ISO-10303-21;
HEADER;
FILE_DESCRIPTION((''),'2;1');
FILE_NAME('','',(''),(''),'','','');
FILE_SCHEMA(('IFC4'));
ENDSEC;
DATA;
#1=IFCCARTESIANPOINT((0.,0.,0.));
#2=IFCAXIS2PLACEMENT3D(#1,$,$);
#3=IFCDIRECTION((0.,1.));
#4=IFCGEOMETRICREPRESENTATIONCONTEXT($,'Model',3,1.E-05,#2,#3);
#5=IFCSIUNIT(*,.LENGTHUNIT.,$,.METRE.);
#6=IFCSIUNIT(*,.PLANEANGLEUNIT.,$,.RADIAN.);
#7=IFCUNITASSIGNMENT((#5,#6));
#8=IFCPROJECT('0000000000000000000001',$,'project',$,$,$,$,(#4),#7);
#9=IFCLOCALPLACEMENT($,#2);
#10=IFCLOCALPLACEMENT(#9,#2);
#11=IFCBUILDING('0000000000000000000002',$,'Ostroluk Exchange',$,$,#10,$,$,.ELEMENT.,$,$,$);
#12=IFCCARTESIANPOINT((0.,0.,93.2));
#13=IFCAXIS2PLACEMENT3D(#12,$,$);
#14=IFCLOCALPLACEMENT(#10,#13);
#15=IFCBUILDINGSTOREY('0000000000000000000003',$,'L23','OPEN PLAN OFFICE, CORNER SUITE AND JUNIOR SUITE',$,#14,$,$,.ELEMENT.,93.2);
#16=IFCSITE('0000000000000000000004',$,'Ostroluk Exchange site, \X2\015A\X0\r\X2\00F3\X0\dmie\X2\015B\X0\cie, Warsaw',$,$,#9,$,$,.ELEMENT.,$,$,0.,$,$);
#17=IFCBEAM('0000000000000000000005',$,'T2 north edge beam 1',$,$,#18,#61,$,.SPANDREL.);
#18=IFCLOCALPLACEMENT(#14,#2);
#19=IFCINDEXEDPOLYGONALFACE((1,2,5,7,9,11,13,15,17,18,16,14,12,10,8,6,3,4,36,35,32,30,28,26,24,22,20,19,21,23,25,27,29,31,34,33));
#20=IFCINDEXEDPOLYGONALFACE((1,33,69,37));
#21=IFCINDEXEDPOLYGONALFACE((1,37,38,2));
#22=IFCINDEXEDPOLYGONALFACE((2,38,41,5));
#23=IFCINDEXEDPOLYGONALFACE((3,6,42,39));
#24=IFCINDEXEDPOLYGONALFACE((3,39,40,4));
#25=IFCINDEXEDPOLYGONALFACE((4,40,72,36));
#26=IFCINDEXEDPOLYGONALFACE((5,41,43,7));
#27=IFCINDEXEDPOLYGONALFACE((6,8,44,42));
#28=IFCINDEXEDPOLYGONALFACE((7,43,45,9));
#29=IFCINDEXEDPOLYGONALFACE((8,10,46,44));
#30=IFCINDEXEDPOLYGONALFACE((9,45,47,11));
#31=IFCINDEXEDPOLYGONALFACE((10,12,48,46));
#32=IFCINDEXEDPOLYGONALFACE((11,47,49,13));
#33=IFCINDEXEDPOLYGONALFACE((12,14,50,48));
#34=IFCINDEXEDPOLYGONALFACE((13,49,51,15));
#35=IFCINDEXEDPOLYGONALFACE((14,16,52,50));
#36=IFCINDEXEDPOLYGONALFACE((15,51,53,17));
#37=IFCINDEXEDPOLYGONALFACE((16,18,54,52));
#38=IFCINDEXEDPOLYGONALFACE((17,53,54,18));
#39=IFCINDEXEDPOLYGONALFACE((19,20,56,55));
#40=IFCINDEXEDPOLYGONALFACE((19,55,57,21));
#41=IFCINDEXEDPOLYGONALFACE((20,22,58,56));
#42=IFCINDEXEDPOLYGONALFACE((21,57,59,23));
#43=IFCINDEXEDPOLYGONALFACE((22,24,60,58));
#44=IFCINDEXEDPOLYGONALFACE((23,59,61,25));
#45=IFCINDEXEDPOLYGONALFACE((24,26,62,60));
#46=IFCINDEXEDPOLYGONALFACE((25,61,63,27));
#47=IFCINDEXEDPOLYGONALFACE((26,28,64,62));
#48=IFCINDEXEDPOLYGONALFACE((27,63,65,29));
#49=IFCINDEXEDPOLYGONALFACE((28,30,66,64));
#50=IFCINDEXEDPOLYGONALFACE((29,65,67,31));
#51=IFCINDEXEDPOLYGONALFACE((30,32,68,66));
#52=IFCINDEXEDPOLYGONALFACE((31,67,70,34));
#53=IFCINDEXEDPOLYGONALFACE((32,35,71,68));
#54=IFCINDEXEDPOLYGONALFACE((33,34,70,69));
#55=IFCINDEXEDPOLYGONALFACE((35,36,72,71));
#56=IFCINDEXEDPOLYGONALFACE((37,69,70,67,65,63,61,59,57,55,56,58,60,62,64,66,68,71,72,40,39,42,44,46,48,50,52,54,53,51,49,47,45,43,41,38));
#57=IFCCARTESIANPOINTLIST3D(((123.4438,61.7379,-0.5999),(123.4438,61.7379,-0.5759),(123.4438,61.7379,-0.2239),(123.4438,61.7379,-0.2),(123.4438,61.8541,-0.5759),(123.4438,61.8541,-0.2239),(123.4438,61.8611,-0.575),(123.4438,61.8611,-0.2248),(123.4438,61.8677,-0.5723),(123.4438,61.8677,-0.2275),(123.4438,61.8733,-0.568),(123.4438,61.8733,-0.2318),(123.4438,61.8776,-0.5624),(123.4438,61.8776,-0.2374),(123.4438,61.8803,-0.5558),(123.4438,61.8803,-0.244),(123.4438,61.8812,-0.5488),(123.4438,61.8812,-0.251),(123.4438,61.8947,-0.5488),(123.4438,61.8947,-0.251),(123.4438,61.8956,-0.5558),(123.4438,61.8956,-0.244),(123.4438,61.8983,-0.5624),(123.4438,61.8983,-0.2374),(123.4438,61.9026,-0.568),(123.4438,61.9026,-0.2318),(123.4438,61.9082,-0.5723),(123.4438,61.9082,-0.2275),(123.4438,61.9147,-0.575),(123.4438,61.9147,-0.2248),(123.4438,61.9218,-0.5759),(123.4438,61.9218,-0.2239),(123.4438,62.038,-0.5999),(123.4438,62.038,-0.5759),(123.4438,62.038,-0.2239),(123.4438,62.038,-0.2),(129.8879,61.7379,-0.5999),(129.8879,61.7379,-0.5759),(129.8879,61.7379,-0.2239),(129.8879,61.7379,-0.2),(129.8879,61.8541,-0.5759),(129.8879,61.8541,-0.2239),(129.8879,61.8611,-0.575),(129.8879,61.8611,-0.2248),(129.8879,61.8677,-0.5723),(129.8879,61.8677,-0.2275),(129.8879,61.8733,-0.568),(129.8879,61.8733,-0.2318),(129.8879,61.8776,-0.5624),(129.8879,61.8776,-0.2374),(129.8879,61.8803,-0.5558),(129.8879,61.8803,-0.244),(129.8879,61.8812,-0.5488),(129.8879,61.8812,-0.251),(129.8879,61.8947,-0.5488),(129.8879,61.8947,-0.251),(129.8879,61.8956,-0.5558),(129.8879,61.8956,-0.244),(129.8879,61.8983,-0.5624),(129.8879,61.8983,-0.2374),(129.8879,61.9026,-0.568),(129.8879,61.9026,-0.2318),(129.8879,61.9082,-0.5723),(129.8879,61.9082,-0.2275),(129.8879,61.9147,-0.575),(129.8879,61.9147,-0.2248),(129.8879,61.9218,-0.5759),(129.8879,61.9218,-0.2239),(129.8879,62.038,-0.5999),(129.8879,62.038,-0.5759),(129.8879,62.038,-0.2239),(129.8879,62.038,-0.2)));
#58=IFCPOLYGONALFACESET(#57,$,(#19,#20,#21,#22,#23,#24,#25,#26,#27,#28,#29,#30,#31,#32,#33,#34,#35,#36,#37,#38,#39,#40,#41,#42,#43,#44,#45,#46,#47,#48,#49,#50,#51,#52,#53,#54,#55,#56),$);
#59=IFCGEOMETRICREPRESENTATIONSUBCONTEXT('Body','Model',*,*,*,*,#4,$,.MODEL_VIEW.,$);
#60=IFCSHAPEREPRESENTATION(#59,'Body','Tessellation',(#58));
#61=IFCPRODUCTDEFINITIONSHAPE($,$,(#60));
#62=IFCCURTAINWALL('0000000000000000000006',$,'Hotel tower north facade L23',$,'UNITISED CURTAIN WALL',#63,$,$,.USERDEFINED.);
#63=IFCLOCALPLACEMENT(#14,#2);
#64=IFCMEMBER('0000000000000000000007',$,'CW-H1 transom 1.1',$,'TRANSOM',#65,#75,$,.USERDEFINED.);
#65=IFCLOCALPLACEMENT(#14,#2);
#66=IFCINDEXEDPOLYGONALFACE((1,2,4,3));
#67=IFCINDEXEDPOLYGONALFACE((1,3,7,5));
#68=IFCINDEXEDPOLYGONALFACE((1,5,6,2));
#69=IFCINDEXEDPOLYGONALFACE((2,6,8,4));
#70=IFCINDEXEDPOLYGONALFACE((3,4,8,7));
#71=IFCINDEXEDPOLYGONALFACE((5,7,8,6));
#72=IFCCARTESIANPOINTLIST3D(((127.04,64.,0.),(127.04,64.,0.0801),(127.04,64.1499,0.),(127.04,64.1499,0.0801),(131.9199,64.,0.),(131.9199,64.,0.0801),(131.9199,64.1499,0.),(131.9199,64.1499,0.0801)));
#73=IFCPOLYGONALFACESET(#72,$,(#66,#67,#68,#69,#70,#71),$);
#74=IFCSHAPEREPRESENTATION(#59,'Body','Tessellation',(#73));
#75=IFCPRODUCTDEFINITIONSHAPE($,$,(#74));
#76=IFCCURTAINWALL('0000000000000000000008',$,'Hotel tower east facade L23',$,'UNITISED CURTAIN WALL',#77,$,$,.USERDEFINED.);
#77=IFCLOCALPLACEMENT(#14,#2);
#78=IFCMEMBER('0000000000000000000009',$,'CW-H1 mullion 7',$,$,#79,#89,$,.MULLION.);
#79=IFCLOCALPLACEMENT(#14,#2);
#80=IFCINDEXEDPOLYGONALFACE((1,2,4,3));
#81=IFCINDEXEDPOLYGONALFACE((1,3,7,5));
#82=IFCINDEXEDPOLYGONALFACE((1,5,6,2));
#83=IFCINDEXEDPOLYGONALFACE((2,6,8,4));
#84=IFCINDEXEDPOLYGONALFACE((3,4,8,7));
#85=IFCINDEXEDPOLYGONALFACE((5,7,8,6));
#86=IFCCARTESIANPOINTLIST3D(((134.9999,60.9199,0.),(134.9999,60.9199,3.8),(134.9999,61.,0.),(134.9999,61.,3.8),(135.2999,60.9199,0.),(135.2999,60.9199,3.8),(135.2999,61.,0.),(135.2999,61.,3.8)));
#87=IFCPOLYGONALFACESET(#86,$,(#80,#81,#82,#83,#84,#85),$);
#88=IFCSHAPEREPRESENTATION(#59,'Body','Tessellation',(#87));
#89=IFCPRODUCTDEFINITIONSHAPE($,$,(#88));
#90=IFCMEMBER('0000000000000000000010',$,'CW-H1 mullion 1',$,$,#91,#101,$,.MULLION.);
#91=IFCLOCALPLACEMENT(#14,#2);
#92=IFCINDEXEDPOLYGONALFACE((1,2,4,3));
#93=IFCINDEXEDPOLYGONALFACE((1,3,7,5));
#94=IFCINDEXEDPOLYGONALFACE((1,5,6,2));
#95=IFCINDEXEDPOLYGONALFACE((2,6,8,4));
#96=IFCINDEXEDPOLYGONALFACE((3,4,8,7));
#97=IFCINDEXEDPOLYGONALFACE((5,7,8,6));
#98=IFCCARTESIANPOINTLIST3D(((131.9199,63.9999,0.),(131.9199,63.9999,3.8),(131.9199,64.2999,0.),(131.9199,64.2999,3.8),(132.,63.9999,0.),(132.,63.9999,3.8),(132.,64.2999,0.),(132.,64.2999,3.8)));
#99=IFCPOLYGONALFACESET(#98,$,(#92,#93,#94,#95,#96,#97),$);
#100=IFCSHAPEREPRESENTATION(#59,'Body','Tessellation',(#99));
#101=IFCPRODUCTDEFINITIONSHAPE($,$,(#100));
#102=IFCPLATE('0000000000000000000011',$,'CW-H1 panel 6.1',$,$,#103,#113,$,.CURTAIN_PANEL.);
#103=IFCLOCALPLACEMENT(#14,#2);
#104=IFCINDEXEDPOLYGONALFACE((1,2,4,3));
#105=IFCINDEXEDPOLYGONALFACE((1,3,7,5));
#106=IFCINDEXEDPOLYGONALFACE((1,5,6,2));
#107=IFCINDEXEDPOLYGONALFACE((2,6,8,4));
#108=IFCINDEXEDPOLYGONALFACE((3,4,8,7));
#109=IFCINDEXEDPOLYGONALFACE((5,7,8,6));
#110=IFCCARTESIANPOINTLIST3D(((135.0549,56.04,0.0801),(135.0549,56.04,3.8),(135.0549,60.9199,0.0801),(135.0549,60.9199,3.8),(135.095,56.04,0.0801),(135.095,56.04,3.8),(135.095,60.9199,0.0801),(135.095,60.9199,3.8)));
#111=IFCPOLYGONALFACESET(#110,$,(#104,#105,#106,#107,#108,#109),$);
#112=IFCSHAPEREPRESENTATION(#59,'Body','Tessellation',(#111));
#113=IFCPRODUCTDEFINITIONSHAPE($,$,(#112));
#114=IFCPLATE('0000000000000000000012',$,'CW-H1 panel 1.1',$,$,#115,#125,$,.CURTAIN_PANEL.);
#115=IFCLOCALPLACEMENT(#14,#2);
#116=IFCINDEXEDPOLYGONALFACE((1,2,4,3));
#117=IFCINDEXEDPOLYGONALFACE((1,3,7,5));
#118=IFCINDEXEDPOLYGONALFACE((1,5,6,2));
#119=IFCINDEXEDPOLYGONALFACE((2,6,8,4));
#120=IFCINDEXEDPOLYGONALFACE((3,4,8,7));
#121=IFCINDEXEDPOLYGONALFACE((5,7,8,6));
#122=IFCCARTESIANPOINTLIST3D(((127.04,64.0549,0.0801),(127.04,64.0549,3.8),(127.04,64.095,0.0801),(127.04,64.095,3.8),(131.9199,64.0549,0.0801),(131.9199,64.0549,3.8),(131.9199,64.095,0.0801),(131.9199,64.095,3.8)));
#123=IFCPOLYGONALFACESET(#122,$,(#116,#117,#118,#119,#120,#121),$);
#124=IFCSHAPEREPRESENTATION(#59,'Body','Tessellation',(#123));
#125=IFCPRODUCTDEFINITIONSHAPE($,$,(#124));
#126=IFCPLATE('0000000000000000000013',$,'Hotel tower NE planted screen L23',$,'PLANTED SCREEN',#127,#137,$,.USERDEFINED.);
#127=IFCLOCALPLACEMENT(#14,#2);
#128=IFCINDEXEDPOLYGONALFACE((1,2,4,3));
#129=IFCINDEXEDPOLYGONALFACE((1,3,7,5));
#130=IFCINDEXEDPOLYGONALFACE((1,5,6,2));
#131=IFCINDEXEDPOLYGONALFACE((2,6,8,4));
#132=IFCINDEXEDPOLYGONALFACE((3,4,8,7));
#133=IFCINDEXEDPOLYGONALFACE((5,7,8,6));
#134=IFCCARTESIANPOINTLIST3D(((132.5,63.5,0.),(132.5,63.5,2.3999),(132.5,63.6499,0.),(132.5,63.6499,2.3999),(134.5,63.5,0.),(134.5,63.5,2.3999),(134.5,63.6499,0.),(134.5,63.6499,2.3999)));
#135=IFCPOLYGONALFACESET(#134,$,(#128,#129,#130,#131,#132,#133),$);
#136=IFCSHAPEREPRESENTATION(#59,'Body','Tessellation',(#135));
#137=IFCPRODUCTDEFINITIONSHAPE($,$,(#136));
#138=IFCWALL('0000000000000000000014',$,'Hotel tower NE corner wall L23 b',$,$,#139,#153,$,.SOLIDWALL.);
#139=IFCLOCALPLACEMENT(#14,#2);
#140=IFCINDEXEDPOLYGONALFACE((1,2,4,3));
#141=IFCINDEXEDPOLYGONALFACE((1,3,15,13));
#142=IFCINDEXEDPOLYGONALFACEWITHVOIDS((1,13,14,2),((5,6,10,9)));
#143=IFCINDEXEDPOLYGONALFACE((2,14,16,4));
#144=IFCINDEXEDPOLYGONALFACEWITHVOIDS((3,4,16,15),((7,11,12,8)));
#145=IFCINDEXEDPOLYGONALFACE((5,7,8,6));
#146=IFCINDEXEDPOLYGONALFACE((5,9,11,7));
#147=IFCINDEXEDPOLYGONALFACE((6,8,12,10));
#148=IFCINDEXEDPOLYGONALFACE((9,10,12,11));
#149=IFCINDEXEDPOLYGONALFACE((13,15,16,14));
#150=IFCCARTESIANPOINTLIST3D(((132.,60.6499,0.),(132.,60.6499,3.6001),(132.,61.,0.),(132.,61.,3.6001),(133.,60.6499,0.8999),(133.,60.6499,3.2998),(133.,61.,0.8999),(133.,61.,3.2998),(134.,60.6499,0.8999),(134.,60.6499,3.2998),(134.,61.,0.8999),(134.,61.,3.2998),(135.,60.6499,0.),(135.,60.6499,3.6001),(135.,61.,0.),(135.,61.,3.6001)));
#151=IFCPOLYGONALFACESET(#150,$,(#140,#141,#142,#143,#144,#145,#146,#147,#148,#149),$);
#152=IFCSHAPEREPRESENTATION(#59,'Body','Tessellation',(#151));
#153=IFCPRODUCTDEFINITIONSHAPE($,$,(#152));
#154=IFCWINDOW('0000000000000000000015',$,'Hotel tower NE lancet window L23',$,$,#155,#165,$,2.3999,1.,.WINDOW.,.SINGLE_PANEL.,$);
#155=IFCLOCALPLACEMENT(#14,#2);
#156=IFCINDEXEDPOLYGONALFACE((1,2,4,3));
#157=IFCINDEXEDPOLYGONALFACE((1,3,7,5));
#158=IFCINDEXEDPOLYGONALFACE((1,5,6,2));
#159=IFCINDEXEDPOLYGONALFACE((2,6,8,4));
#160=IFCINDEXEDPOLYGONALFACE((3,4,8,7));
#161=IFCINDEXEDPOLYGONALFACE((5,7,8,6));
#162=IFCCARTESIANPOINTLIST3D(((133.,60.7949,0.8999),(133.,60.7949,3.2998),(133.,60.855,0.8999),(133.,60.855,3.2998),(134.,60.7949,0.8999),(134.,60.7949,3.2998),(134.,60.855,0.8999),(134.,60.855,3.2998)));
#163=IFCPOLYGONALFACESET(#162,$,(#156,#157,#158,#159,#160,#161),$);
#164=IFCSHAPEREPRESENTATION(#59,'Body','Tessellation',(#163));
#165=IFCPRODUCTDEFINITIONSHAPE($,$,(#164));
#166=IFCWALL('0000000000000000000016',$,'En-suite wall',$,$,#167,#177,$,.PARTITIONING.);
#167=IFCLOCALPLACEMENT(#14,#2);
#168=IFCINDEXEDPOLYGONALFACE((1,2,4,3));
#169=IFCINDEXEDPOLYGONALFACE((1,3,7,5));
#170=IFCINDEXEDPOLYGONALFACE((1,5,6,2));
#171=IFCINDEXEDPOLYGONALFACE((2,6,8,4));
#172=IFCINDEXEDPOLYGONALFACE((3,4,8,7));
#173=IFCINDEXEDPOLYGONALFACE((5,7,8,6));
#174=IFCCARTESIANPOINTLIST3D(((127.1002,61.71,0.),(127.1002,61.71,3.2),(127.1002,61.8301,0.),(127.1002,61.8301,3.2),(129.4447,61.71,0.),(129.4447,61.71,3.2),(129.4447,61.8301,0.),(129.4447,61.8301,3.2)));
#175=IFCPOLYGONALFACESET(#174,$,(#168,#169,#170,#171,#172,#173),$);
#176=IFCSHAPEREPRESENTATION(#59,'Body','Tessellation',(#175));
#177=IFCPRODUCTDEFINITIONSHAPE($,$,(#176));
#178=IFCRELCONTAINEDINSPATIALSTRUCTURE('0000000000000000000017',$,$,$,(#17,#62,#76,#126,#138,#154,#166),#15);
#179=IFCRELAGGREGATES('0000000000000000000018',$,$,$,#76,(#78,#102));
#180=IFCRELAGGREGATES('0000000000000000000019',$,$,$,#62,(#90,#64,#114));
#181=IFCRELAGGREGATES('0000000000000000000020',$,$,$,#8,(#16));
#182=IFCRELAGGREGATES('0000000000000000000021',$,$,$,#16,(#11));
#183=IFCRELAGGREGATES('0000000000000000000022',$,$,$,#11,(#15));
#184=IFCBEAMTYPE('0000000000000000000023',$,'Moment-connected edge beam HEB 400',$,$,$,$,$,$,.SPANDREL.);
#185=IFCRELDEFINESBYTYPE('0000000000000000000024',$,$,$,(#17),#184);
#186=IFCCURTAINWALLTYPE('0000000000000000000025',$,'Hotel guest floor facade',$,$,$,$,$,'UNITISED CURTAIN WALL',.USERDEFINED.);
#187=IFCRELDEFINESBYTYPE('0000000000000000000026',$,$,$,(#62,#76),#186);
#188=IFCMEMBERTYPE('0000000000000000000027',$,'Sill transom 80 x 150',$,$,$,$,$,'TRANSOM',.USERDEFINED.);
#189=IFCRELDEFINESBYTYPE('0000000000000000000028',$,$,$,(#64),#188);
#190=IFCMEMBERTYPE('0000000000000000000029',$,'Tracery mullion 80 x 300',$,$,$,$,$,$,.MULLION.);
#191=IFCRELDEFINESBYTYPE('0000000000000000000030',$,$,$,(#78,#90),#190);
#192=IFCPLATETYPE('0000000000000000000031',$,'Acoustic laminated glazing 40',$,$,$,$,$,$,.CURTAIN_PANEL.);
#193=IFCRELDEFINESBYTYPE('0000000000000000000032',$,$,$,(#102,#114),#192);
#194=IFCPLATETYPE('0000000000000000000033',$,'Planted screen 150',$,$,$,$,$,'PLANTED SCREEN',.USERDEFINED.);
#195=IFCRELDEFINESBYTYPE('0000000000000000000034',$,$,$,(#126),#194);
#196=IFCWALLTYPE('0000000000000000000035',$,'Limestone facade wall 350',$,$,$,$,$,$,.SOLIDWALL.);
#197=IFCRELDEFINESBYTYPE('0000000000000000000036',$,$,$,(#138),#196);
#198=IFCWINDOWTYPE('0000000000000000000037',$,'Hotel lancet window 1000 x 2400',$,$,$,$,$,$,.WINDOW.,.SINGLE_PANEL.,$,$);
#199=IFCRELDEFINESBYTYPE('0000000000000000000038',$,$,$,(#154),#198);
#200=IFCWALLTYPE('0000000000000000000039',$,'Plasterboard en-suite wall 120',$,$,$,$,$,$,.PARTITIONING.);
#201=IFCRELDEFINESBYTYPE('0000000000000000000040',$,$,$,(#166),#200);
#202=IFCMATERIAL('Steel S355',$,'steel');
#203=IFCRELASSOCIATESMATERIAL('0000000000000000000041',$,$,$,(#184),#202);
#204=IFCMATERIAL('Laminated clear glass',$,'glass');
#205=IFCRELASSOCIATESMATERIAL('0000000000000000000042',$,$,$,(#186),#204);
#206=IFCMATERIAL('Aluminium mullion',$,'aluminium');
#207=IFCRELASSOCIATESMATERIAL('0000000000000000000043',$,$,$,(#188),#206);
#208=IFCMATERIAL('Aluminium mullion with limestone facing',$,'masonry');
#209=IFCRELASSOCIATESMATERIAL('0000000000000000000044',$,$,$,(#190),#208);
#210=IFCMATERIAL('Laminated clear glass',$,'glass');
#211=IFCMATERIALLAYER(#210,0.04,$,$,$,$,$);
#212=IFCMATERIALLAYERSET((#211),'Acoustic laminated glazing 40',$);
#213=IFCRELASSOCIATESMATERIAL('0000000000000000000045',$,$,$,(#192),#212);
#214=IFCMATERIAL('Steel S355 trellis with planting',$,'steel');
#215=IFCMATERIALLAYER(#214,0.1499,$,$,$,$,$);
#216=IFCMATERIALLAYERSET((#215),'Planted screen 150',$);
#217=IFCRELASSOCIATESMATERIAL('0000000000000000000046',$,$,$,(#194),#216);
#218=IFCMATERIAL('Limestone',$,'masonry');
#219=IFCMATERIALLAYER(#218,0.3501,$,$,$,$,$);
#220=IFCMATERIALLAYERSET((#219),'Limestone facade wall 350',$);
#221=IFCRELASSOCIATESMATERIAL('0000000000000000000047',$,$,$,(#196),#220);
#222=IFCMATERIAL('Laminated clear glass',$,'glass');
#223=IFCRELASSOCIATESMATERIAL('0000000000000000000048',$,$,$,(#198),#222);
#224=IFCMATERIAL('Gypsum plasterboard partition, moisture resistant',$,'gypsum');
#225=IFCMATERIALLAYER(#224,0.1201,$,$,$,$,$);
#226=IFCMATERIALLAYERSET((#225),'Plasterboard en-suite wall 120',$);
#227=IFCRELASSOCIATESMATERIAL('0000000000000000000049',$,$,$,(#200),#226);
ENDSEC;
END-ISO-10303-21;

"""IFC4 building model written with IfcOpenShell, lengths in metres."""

from ifc_helpers import new_model, si_unit, direction, frame, frame_2d, origin, origin_2d, place, context, subcontext, project, spatial, rectangle, i_section, extrude, material, layer, layer_set, material_profile, profile_set, type_object, element, fill, aggregate, save


model = new_model("IFC4")

# Units and contexts
model_context = context("Model", 3, precision=1e-05, world=origin(), true_north=direction((0.0, 1.0)))
body_context = subcontext(model_context, "Body", "Model", "MODEL_VIEW")
ifc_project = project(units=[si_unit("LENGTHUNIT", "METRE"), si_unit("PLANEANGLEUNIT", "RADIAN")], contexts=[model_context])

# Site, building, storey
site_placement = place(None, origin())
site = spatial("IfcSite", under=ifc_project, at=site_placement, Name="Ostroluk Exchange site, Śródmieście, Warsaw", CompositionType="ELEMENT", RefElevation=0.0)
building_placement = place(site_placement, origin())
building = spatial("IfcBuilding", under=site, at=building_placement, Name="Ostroluk Exchange", CompositionType="ELEMENT")
storey_placement = place(building_placement, frame((0.0, 0.0, 93.2)))
storey = spatial("IfcBuildingStorey", under=building, at=storey_placement, Name="L23", Description="OPEN PLAN OFFICE, CORNER SUITE AND JUNIOR SUITE", CompositionType="ELEMENT", Elevation=93.2)

# Beam
ifc_material_1 = material(Name="Steel S355", Category="steel")
ifc_material_profile_1 = material_profile(ifc_material_1, i_section(OverallWidth=0.3, OverallDepth=0.3999, WebThickness=0.0134, FlangeThickness=0.0239, FilletRadius=0.0271, at=origin_2d()), Name="HEB 400")
ifc_profile_set_1 = profile_set([ifc_material_profile_1], Name="Steel S355")
beam_type_1 = type_object("IfcBeamType", Name="Moment-connected edge beam HEB 400", PredefinedType="SPANDREL", material=ifc_profile_set_1)
beam_1_placement = place(storey_placement, frame((129.8879, 61.8879, -0.3999), z_axis=(-1.0, 0.0, 0.0), x_axis=(0.0, -1.0, 0.0)))
element("IfcBeam", 1, at=beam_1_placement, inside=storey, type_object=beam_type_1, Name="T2 north edge beam 1", PredefinedType="SPANDREL", context=body_context, shape_type="SweptSolid", body=[
    extrude(i_section(OverallWidth=0.3, OverallDepth=0.3999, WebThickness=0.0134, FlangeThickness=0.0239, FilletRadius=0.0271, at=origin_2d()), origin(), (0.0, 0.0, 1.0), 6.4441),
])

# Curtain walls, members
ifc_material_2 = material(Name="Laminated clear glass", Category="glass")
curtain_wall_type = type_object("IfcCurtainWallType", Name="Hotel guest floor facade", ElementType="UNITISED CURTAIN WALL", PredefinedType="USERDEFINED", material=ifc_material_2)
curtain_wall_1_placement = place(storey_placement, origin())
curtain_wall_1 = element("IfcCurtainWall", 2, at=curtain_wall_1_placement, inside=storey, type_object=curtain_wall_type, Name="Hotel tower north facade L23", ObjectType="UNITISED CURTAIN WALL", PredefinedType="USERDEFINED")
ifc_material_3 = material(Name="Aluminium mullion", Category="aluminium")
ifc_material_profile_2 = material_profile(ifc_material_3, rectangle(XDim=0.1499, YDim=0.0801, at=origin_2d()), Name="Sill transom 80 x 150")
ifc_profile_set_2 = profile_set([ifc_material_profile_2], Name="Aluminium mullion")
member_type_1 = type_object("IfcMemberType", Name="Sill transom 80 x 150", ElementType="TRANSOM", PredefinedType="USERDEFINED", material=ifc_profile_set_2)
member_1_placement = place(storey_placement, frame((131.9199, 64.075, 0.04), z_axis=(-1.0, 0.0, 0.0), x_axis=(0.0, -1.0, 0.0)))
member_1 = element("IfcMember", 3, at=member_1_placement, type_object=member_type_1, Name="CW-H1 transom 1.1", ObjectType="TRANSOM", PredefinedType="USERDEFINED", context=body_context, shape_type="SweptSolid", body=[
    extrude(rectangle(XDim=0.1499, YDim=0.0801, at=origin_2d()), origin(), (0.0, 0.0, 1.0), 4.8799),
])
curtain_wall_2_placement = place(storey_placement, origin())
curtain_wall_2 = element("IfcCurtainWall", 4, at=curtain_wall_2_placement, inside=storey, type_object=curtain_wall_type, Name="Hotel tower east facade L23", ObjectType="UNITISED CURTAIN WALL", PredefinedType="USERDEFINED")
ifc_material_4 = material(Name="Aluminium mullion with limestone facing", Category="masonry")
ifc_material_profile_3 = material_profile(ifc_material_4, rectangle(XDim=0.3, YDim=0.0801, at=origin_2d()), Name="Tracery mullion 80 x 300")
ifc_profile_set_3 = profile_set([ifc_material_profile_3], Name="Aluminium mullion with limestone facing")
member_type_2 = type_object("IfcMemberType", Name="Tracery mullion 80 x 300", PredefinedType="MULLION", material=ifc_profile_set_3)
member_2_placement = place(storey_placement, frame((135.1499, 60.96, 0.0), z_axis=(0.0, 0.0, 1.0), x_axis=(-1.0, 0.0, 0.0)))
member_2 = element("IfcMember", 5, at=member_2_placement, type_object=member_type_2, Name="CW-H1 mullion 7", PredefinedType="MULLION", context=body_context, shape_type="SweptSolid", body=[
    extrude(rectangle(XDim=0.3, YDim=0.0801, at=origin_2d()), origin(), (0.0, 0.0, 1.0), 3.8),
])

# Member
member_3_placement = place(storey_placement, frame((131.96, 64.1499, 0.0), z_axis=(0.0, 0.0, 1.0), x_axis=(0.0, -1.0, 0.0)))
member_3 = element("IfcMember", 6, at=member_3_placement, type_object=member_type_2, Name="CW-H1 mullion 1", PredefinedType="MULLION", context=body_context, shape_type="SweptSolid", body=[
    extrude(rectangle(XDim=0.3, YDim=0.0801, at=origin_2d()), origin(), (0.0, 0.0, 1.0), 3.8),
])

# Plates
ifc_material_5 = material(Name="Laminated clear glass", Category="glass")
ifc_layer_1 = layer(ifc_material_5, 0.04)
ifc_layer_set_1 = layer_set([ifc_layer_1], Name="Acoustic laminated glazing 40")
plate_type_1 = type_object("IfcPlateType", Name="Acoustic laminated glazing 40", PredefinedType="CURTAIN_PANEL", material=ifc_layer_set_1)
plate_1_placement = place(storey_placement, frame((135.075, 58.48, 0.0801), z_axis=(0.0, 0.0, 1.0), x_axis=(0.0, 1.0, 0.0)))
plate_1 = element("IfcPlate", 7, at=plate_1_placement, type_object=plate_type_1, Name="CW-H1 panel 6.1", PredefinedType="CURTAIN_PANEL", context=body_context, shape_type="SweptSolid", body=[
    extrude(rectangle(XDim=4.8799, YDim=0.04, at=origin_2d()), origin(), (0.0, 0.0, 1.0), 3.72),
])
aggregate(curtain_wall_2, [member_2, plate_1])
plate_2_placement = place(storey_placement, frame((129.48, 64.075, 0.0801), z_axis=(0.0, 0.0, 1.0), x_axis=(-1.0, 0.0, 0.0)))
plate_2 = element("IfcPlate", 8, at=plate_2_placement, type_object=plate_type_1, Name="CW-H1 panel 1.1", PredefinedType="CURTAIN_PANEL", context=body_context, shape_type="SweptSolid", body=[
    extrude(rectangle(XDim=4.8799, YDim=0.04, at=origin_2d()), origin(), (0.0, 0.0, 1.0), 3.72),
])
aggregate(curtain_wall_1, [member_3, member_1, plate_2])
ifc_material_6 = material(Name="Steel S355 trellis with planting", Category="steel")
ifc_layer_2 = layer(ifc_material_6, 0.1499)
ifc_layer_set_2 = layer_set([ifc_layer_2], Name="Planted screen 150")
plate_type_2 = type_object("IfcPlateType", Name="Planted screen 150", ElementType="PLANTED SCREEN", PredefinedType="USERDEFINED", material=ifc_layer_set_2)
plate_3_placement = place(storey_placement, frame((133.5, 63.575, 0.0), z_axis=(0.0, 0.0, 1.0), x_axis=(1.0, 0.0, 0.0)))
element("IfcPlate", 9, at=plate_3_placement, inside=storey, type_object=plate_type_2, Name="Hotel tower NE planted screen L23", ObjectType="PLANTED SCREEN", PredefinedType="USERDEFINED", context=body_context, shape_type="SweptSolid", body=[
    extrude(rectangle(XDim=2.0, YDim=0.1499, at=origin_2d()), origin(), (0.0, 0.0, 1.0), 2.3999),
])

# Shared definitions
ifc_material_7 = material(Name="Limestone", Category="masonry")
ifc_layer_3 = layer(ifc_material_7, 0.3501)
ifc_layer_set_3 = layer_set([ifc_layer_3], Name="Limestone facade wall 350")
wall_type_1 = type_object("IfcWallType", Name="Limestone facade wall 350", PredefinedType="SOLIDWALL", material=ifc_layer_set_3)

# Wall, opening, window
wall_1_placement = place(storey_placement, frame((132.0, 60.825, 0.0), z_axis=(0.0, 0.0, 1.0), x_axis=(1.0, 0.0, 0.0)))
wall_1 = element("IfcWall", 10, at=wall_1_placement, inside=storey, type_object=wall_type_1, Name="Hotel tower NE corner wall L23 b", PredefinedType="SOLIDWALL", context=body_context, shape_type="SweptSolid", body=[
    extrude(rectangle(XDim=3.0, YDim=0.3501, at=frame_2d((1.5, 0.0))), origin(), (0.0, 0.0, 1.0), 3.6001),
])
opening_1_placement = place(wall_1_placement, frame((1.0, 0.0, 0.8999)))
opening_1 = element("IfcOpeningElement", 11, at=opening_1_placement, cuts=wall_1, PredefinedType="OPENING", context=body_context, shape_type="SweptSolid", body=[
    extrude(rectangle(XDim=1.0, YDim=2.3999, at=frame_2d((0.5, 1.2))), frame((0.0, 0.1851, 0.0), z_axis=(0.0, -1.0, 0.0), x_axis=(1.0, 0.0, 0.0)), (0.0, 0.0, 1.0), 0.3701),
])
ifc_material_8 = material(Name="Laminated clear glass", Category="glass")
window_type = type_object("IfcWindowType", Name="Hotel lancet window 1000 x 2400", PartitioningType="SINGLE_PANEL", PredefinedType="WINDOW", material=ifc_material_8)
window_placement = place(opening_1_placement, origin())
window = element("IfcWindow", 12, at=window_placement, inside=storey, type_object=window_type, Name="Hotel tower NE lancet window L23", OverallHeight=2.3999, OverallWidth=1.0, PartitioningType="SINGLE_PANEL", PredefinedType="WINDOW", context=body_context, shape_type="SweptSolid", body=[
    extrude(rectangle(XDim=1.0, YDim=2.3999, at=frame_2d((0.5, 1.2))), frame((0.0, 0.03, 0.0), z_axis=(0.0, -1.0, 0.0), x_axis=(1.0, 0.0, 0.0)), (0.0, 0.0, 1.0), 0.0601),
])
fill(opening_1, window)

# Wall
ifc_material_9 = material(Name="Gypsum plasterboard partition, moisture resistant", Category="gypsum")
ifc_layer_4 = layer(ifc_material_9, 0.1201)
ifc_layer_set_4 = layer_set([ifc_layer_4], Name="Plasterboard en-suite wall 120")
wall_type_2 = type_object("IfcWallType", Name="Plasterboard en-suite wall 120", PredefinedType="PARTITIONING", material=ifc_layer_set_4)
wall_2_placement = place(storey_placement, frame((127.1001, 61.77, 0.0), z_axis=(0.0, 0.0, 1.0), x_axis=(1.0, 0.0, 0.0)))
element("IfcWall", 13, at=wall_2_placement, inside=storey, type_object=wall_type_2, Name="En-suite wall", PredefinedType="PARTITIONING", context=body_context, shape_type="SweptSolid", body=[
    extrude(rectangle(XDim=2.3445, YDim=0.1201, at=frame_2d((1.1724, 0.0))), origin(), (0.0, 0.0, 1.0), 3.2),
])

save(model, "model.ifc")
